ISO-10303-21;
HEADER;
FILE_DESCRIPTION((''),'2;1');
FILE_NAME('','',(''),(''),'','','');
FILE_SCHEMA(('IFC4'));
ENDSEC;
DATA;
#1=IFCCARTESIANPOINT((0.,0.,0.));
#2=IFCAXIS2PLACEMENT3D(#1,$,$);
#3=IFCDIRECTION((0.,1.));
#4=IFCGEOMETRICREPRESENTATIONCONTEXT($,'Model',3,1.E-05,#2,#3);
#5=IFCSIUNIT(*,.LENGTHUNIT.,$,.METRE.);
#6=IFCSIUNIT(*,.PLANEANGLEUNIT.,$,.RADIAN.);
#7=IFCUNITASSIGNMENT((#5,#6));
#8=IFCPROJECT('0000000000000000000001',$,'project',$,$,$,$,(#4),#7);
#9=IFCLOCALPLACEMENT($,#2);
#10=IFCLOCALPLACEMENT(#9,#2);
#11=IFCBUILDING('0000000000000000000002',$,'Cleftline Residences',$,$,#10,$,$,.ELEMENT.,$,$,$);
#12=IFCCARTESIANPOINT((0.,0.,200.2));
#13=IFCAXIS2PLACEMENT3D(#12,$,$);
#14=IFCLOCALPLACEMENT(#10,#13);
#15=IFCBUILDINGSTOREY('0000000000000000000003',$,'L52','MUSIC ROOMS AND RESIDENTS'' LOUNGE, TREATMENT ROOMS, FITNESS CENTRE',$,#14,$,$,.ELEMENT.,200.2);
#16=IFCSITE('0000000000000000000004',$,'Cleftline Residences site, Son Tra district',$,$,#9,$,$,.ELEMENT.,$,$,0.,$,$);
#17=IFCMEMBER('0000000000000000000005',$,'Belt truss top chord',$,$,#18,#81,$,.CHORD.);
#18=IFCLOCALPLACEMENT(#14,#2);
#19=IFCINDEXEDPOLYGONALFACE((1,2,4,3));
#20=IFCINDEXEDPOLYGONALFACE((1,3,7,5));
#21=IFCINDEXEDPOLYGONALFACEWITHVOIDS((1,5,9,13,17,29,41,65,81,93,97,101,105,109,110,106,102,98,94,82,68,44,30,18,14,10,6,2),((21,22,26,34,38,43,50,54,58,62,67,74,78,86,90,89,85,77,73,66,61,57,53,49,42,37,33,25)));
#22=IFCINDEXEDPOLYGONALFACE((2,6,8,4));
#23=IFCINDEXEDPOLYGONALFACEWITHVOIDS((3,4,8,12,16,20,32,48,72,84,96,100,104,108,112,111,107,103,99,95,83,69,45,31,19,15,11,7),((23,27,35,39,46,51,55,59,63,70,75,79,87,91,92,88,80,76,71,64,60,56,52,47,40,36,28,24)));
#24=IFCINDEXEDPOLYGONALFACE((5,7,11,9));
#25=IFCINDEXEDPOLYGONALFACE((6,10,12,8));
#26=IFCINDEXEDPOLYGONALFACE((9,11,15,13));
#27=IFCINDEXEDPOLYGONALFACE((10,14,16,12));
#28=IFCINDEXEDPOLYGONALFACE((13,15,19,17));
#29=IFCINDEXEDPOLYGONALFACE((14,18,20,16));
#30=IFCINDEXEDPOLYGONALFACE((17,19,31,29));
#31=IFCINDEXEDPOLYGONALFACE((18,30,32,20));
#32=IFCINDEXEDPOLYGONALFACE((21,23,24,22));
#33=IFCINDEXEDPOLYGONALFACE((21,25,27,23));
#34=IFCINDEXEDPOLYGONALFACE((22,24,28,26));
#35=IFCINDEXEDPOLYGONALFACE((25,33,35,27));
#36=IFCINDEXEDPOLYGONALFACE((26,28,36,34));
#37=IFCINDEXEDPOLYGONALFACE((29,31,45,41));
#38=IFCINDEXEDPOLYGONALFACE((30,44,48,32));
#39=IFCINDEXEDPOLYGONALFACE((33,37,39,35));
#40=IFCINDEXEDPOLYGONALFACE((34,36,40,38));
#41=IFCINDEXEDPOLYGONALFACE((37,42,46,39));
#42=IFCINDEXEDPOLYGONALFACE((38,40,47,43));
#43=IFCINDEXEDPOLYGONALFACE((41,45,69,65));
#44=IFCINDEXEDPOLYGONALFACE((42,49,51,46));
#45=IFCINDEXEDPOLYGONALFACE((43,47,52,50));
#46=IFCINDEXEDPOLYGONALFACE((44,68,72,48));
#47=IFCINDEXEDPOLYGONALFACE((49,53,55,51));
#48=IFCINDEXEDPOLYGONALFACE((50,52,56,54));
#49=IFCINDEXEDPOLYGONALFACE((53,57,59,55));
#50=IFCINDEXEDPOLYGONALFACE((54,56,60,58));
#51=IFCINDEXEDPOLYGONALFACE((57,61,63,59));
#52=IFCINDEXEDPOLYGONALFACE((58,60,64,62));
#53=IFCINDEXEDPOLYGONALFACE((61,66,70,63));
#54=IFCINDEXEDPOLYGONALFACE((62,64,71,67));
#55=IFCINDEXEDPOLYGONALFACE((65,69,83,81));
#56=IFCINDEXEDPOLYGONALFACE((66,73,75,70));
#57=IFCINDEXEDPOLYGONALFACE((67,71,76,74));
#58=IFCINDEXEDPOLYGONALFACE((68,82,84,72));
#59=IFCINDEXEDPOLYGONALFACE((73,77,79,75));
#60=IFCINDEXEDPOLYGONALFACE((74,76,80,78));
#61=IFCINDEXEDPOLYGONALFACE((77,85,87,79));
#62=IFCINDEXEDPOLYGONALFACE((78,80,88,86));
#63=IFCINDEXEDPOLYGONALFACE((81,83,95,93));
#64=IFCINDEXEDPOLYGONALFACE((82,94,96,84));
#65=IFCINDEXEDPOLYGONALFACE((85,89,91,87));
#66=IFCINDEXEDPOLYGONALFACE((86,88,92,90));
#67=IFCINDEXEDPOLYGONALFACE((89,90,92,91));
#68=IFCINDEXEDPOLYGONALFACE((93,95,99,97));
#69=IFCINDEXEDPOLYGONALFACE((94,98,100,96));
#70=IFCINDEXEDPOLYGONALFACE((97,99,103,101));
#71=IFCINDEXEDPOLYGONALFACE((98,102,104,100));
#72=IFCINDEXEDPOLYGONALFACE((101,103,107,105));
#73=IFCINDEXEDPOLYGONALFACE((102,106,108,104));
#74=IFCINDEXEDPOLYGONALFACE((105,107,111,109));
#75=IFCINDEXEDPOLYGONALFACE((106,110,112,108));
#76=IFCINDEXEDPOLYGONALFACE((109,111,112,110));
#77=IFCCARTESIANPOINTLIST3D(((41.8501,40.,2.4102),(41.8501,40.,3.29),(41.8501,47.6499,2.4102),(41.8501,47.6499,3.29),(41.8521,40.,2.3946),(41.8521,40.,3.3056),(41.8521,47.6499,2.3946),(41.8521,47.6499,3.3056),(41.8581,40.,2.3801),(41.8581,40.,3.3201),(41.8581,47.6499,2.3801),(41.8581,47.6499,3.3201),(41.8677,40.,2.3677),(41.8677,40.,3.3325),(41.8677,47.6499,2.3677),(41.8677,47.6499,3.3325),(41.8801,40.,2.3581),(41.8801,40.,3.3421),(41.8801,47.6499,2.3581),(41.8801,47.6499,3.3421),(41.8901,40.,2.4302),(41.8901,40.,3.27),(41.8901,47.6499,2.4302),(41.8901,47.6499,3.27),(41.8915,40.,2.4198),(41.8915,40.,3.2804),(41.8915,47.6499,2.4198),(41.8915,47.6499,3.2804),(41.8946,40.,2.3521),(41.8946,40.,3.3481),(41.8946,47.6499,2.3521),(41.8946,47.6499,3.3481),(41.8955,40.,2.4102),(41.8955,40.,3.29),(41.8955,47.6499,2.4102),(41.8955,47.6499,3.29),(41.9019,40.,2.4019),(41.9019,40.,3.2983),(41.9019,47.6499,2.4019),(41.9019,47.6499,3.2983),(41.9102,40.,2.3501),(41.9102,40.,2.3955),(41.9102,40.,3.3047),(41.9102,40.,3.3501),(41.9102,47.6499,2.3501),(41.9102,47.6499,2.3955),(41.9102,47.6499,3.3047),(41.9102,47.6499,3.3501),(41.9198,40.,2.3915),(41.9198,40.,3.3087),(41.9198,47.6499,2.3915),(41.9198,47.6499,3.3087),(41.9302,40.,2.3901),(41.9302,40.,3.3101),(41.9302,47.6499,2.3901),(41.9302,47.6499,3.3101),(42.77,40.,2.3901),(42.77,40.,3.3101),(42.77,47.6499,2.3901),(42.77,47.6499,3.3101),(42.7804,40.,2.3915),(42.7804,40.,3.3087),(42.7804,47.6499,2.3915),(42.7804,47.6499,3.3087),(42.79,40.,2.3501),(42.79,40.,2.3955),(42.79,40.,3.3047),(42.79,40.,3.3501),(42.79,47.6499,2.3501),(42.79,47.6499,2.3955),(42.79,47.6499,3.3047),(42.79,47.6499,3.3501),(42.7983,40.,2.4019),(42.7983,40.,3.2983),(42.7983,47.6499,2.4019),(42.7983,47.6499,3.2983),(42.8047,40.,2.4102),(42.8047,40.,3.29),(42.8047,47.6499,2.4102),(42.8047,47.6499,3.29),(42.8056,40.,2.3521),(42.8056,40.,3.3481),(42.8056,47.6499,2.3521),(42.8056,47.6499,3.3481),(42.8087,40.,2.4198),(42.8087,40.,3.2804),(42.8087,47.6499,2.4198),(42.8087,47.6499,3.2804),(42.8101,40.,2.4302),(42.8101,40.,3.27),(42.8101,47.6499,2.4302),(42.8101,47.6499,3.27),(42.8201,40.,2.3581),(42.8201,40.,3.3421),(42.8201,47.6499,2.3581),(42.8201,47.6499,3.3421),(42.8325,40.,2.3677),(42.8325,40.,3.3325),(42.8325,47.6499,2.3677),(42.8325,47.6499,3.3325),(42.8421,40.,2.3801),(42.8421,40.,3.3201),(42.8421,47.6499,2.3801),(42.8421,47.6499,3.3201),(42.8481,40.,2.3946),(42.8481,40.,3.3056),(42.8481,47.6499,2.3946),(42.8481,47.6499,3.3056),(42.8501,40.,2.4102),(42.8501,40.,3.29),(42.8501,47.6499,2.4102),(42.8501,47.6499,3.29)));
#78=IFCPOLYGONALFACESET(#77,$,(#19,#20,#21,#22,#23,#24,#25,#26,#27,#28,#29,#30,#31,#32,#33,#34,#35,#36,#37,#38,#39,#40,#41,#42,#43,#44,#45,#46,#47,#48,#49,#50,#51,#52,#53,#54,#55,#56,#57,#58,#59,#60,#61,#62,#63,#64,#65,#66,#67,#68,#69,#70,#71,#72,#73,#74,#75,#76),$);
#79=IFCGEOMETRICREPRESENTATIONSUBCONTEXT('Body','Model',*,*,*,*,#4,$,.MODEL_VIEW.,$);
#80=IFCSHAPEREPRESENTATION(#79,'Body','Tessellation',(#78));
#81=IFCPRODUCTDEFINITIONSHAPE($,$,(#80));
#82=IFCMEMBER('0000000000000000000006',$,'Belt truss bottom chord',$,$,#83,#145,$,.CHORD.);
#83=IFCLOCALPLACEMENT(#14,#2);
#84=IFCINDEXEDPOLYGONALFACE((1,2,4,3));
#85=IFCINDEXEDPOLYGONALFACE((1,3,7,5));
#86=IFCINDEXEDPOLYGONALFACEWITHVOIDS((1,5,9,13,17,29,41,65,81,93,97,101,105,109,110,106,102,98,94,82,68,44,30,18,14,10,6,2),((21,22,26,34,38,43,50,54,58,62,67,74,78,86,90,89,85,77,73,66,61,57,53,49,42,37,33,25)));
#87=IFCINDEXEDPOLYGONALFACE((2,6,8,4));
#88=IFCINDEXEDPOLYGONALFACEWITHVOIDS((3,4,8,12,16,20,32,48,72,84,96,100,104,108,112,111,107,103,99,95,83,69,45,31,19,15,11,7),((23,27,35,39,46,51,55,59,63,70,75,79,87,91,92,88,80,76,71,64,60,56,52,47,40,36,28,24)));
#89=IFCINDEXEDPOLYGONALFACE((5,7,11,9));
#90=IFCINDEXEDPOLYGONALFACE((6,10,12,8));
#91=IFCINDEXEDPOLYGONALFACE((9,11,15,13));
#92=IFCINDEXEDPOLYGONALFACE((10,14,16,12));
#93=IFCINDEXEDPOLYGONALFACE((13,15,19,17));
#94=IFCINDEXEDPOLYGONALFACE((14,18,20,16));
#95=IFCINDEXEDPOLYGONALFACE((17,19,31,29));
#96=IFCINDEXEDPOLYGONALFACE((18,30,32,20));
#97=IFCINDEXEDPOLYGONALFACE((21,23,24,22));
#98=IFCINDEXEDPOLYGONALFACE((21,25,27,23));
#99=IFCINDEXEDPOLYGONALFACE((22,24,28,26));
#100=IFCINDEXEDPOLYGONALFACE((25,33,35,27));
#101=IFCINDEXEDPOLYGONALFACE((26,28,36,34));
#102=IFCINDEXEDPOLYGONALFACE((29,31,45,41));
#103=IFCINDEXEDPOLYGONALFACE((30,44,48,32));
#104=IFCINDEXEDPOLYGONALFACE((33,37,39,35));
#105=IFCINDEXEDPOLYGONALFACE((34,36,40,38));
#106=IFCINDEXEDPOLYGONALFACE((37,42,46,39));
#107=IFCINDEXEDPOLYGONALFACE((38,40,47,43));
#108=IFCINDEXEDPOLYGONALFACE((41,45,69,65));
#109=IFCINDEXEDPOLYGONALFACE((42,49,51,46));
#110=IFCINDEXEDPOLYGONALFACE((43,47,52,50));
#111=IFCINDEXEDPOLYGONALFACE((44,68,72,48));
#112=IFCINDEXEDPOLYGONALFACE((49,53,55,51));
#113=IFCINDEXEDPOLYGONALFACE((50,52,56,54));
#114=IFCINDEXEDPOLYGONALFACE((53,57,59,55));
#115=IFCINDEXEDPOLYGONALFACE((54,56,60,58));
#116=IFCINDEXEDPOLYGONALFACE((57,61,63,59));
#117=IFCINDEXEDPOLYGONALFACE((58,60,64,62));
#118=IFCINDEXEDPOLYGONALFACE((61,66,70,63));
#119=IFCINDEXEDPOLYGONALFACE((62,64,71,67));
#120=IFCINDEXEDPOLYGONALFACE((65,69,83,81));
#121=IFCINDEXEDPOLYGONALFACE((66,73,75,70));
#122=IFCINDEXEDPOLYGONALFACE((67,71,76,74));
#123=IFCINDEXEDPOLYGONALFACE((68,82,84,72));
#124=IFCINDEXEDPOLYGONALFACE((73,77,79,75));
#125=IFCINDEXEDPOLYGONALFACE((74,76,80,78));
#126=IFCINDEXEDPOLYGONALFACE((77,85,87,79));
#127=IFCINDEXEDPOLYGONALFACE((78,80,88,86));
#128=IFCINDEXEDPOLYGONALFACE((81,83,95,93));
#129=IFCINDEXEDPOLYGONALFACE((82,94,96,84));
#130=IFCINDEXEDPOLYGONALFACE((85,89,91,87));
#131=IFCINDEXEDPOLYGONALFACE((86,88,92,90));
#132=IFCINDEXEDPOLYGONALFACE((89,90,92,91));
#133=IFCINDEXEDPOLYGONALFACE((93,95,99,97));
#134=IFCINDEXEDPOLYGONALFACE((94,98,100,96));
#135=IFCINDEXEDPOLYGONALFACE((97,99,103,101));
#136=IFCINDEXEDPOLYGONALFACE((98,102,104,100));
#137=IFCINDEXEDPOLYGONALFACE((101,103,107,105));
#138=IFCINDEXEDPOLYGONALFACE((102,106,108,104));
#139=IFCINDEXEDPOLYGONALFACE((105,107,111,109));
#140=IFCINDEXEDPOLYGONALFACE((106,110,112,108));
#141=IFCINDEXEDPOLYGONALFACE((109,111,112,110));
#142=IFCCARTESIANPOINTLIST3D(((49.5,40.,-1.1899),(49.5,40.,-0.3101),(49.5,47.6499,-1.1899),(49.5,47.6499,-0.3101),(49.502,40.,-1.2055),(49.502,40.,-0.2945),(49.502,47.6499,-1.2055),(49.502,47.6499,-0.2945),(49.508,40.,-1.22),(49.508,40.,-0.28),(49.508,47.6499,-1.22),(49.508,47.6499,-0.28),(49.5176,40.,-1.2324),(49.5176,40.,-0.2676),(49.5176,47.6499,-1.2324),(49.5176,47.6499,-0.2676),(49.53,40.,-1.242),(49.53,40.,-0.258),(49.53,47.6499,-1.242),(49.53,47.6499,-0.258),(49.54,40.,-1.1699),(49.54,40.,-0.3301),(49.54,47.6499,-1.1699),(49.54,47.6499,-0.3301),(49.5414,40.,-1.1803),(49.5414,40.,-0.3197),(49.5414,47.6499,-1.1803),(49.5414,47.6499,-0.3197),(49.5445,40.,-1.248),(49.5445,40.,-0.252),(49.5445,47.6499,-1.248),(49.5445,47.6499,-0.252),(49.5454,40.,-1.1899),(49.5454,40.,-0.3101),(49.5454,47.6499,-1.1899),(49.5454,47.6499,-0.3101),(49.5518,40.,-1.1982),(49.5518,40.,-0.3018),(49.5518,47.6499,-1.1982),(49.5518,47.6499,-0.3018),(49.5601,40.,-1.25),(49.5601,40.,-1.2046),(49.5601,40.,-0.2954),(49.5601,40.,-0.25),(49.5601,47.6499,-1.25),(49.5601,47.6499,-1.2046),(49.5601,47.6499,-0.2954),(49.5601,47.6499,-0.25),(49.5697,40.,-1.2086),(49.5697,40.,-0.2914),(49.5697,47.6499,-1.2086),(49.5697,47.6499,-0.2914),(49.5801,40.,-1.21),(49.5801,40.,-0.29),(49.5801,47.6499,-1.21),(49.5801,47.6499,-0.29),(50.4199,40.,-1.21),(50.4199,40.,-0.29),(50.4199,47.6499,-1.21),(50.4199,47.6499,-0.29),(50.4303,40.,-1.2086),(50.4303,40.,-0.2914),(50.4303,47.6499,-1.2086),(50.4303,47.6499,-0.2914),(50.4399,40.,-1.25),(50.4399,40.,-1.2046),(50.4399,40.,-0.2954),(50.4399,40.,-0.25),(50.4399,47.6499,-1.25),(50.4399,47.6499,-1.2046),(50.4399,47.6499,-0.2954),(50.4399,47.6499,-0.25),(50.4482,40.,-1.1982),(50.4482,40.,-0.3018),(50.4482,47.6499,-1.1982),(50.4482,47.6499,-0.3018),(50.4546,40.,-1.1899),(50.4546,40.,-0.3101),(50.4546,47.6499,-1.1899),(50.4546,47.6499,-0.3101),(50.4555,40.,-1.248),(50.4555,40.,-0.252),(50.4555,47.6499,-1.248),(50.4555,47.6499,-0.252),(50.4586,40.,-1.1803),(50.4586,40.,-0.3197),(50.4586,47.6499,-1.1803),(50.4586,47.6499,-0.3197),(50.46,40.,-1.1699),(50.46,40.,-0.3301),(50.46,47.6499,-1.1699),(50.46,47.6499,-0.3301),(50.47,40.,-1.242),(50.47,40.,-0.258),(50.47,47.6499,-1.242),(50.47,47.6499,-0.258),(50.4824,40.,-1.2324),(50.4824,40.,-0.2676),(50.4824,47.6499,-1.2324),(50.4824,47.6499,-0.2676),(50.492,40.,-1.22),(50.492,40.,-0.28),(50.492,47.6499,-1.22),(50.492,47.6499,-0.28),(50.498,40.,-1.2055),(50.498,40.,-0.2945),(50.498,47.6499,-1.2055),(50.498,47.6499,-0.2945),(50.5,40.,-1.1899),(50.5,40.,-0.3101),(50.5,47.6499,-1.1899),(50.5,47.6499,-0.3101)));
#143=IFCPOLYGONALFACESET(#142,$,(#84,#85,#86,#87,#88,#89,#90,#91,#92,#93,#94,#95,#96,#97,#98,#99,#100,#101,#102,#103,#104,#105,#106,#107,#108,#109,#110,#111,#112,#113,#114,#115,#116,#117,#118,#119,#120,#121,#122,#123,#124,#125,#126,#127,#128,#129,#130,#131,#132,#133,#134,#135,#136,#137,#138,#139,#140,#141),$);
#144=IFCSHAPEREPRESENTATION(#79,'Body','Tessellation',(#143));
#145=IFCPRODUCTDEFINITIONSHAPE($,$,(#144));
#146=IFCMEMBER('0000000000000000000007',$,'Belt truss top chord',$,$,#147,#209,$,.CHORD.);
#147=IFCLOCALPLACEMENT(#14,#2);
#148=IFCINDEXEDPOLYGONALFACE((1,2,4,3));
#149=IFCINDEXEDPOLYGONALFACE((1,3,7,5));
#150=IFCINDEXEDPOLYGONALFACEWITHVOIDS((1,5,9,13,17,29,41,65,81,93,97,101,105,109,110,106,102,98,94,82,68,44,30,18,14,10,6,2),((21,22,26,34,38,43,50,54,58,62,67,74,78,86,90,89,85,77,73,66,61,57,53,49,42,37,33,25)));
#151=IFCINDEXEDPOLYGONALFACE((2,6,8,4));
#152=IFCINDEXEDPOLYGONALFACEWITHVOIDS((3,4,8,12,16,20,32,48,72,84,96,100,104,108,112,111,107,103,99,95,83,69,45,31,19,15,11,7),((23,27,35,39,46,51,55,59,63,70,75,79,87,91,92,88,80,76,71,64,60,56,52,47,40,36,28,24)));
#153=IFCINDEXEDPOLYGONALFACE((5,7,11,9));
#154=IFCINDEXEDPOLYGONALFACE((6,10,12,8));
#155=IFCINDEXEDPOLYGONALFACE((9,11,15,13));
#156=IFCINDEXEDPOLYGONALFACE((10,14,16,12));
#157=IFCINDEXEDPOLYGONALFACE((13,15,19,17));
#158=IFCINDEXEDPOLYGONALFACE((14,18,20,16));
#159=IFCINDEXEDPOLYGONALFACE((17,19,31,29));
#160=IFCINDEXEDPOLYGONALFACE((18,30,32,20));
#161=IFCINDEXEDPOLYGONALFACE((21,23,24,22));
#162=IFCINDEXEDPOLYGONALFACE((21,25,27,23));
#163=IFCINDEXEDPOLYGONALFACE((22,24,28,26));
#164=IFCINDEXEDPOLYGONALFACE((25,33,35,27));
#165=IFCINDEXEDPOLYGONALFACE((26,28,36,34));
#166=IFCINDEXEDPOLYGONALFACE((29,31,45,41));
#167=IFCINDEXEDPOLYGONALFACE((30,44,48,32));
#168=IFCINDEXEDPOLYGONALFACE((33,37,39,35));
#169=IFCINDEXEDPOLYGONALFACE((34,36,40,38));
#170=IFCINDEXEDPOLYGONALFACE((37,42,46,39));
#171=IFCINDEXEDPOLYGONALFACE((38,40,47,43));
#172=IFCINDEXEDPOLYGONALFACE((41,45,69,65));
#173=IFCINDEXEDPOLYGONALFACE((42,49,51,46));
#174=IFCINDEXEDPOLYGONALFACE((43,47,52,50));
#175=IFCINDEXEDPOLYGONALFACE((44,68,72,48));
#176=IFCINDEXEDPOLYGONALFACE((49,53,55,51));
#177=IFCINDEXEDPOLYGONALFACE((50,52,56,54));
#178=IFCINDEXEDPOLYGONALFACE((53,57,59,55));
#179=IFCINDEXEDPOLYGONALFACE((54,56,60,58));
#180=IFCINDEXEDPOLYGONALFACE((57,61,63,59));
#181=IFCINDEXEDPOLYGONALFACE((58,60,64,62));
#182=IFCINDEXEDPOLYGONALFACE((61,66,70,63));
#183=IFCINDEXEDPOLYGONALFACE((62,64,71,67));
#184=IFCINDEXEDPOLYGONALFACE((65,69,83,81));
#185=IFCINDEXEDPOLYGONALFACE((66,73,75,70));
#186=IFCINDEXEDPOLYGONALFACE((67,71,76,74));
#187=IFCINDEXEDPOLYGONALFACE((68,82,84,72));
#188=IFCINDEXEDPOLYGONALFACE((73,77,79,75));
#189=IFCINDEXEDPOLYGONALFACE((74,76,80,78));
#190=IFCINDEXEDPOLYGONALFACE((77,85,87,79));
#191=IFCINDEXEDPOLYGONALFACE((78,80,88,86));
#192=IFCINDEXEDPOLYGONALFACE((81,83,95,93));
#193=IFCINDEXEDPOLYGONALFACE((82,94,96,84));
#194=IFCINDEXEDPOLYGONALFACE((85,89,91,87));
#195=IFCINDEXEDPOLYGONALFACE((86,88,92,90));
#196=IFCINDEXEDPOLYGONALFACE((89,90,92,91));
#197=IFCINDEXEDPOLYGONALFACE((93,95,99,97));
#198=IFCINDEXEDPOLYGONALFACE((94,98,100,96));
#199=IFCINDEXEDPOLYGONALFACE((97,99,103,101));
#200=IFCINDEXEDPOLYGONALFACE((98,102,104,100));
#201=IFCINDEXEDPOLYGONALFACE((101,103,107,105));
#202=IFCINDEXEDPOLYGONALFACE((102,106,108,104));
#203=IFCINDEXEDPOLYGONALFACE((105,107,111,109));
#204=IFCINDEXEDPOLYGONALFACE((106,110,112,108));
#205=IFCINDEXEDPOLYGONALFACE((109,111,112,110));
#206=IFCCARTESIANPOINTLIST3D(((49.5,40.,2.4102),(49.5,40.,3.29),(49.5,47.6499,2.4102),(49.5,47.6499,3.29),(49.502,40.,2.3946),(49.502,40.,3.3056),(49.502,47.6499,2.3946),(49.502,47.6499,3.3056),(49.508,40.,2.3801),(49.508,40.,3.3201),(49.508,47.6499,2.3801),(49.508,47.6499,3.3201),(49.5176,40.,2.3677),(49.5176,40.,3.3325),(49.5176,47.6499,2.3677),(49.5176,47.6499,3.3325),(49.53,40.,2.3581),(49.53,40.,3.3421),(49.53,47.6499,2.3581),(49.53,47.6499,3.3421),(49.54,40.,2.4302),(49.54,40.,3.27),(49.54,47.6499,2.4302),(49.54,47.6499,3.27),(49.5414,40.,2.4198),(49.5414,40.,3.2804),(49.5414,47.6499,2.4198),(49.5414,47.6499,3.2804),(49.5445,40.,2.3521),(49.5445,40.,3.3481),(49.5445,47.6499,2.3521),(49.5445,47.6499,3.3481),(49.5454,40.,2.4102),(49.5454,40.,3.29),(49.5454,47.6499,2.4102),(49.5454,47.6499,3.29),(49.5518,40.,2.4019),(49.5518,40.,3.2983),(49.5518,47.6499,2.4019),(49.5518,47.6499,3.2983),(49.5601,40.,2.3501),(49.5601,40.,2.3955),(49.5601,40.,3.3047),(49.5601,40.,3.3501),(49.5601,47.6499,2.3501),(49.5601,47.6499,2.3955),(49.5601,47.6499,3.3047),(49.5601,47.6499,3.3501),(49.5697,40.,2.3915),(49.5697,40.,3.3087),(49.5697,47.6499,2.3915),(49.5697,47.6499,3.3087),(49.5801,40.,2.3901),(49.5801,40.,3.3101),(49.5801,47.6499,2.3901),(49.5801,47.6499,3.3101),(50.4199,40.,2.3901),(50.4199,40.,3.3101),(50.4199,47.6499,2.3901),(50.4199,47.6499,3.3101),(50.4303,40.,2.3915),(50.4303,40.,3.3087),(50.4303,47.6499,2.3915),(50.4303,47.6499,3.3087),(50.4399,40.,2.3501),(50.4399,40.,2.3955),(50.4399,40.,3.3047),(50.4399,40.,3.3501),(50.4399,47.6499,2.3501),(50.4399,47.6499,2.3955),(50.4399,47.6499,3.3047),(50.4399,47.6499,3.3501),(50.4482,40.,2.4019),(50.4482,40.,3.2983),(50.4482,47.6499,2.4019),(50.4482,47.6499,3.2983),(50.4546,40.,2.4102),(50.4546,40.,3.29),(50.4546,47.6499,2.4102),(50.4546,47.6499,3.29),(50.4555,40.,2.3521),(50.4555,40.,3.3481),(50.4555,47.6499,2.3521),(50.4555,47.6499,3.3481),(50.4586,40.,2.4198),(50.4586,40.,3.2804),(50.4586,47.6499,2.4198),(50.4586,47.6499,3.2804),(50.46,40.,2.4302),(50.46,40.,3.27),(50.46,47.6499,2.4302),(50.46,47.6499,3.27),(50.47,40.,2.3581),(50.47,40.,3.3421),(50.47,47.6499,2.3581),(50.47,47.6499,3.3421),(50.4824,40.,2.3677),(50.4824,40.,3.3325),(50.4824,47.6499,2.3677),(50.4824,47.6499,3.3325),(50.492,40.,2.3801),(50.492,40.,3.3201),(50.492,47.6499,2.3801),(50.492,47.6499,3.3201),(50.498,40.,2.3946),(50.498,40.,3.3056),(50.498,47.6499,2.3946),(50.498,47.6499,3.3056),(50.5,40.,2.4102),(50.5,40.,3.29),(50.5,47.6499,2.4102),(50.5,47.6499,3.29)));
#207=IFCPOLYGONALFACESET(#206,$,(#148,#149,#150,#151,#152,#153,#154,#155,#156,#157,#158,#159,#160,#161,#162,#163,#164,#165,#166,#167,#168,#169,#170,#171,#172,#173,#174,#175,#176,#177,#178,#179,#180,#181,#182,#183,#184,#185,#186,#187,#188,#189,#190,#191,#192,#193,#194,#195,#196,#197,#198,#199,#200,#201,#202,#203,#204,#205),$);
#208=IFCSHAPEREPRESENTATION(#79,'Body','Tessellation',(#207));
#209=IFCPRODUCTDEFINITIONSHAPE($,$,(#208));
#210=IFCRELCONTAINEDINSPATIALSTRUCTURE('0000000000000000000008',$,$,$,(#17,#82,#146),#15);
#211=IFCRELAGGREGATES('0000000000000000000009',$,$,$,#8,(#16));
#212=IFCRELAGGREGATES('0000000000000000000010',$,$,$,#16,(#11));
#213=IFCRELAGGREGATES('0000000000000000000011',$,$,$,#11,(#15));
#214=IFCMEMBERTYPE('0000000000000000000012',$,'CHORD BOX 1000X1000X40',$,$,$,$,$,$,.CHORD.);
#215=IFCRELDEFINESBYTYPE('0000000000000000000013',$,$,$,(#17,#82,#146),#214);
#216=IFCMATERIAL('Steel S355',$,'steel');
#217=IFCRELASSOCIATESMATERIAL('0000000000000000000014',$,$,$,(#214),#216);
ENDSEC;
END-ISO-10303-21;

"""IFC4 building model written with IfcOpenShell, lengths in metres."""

from ifc_helpers import new_model, si_unit, direction, frame, origin, origin_2d, place, context, subcontext, project, spatial, hollow_rectangle, extrude, material, material_profile, profile_set, type_object, element, save


model = new_model("IFC4")

# Units and contexts
model_context = context("Model", 3, precision=1e-05, world=origin(), true_north=direction((0.0, 1.0)))
body_context = subcontext(model_context, "Body", "Model", "MODEL_VIEW")
ifc_project = project(units=[si_unit("LENGTHUNIT", "METRE"), si_unit("PLANEANGLEUNIT", "RADIAN")], contexts=[model_context])

# Site, building, storey
site_placement = place(None, origin())
site = spatial("IfcSite", under=ifc_project, at=site_placement, Name="Cleftline Residences site, Son Tra district", CompositionType="ELEMENT", RefElevation=0.0)
building_placement = place(site_placement, origin())
building = spatial("IfcBuilding", under=site, at=building_placement, Name="Cleftline Residences", CompositionType="ELEMENT")
storey_placement = place(building_placement, frame((0.0, 0.0, 200.2)))
storey = spatial("IfcBuildingStorey", under=building, at=storey_placement, Name="L52", Description="MUSIC ROOMS AND RESIDENTS' LOUNGE, TREATMENT ROOMS, FITNESS CENTRE", CompositionType="ELEMENT", Elevation=200.2)

# Members
ifc_material_1 = material(Name="Steel S355", Category="steel")
ifc_material_profile_1 = material_profile(ifc_material_1, hollow_rectangle(XDim=1.0, YDim=1.0, WallThickness=0.04, InnerFilletRadius=0.04, OuterFilletRadius=0.0601, at=origin_2d()))
ifc_profile_set_1 = profile_set([ifc_material_profile_1], Name="Steel S355")
member_type_1 = type_object("IfcMemberType", Name="CHORD BOX 1000X1000X40", PredefinedType="CHORD", material=ifc_profile_set_1)
for number, where, z_axis, x_axis, name in (
    (1, (42.3501, 40.0, 2.8501), (0.0, 1.0, 0.0), (-1.0, 0.0, 0.0), "Belt truss top chord"),
    (2, (50.0, 40.0, -0.75), (0.0, 1.0, 0.0), (-1.0, 0.0, 0.0), "Belt truss bottom chord"),
    (3, (50.0, 40.0, 2.8501), (0.0, 1.0, 0.0), (-1.0, 0.0, 0.0), "Belt truss top chord"),
):
    element("IfcMember", number, at=place(storey_placement, frame(where, z_axis=z_axis, x_axis=x_axis)), inside=storey, type_object=member_type_1, Name=name, PredefinedType="CHORD", context=body_context, shape_type="SweptSolid", body=[
        extrude(hollow_rectangle(XDim=1.0, YDim=1.0, WallThickness=0.04, InnerFilletRadius=0.04, OuterFilletRadius=0.0601, at=origin_2d()), origin(), (0.0, 0.0, 1.0), 7.6499),
    ])

save(model, "model.ifc")
